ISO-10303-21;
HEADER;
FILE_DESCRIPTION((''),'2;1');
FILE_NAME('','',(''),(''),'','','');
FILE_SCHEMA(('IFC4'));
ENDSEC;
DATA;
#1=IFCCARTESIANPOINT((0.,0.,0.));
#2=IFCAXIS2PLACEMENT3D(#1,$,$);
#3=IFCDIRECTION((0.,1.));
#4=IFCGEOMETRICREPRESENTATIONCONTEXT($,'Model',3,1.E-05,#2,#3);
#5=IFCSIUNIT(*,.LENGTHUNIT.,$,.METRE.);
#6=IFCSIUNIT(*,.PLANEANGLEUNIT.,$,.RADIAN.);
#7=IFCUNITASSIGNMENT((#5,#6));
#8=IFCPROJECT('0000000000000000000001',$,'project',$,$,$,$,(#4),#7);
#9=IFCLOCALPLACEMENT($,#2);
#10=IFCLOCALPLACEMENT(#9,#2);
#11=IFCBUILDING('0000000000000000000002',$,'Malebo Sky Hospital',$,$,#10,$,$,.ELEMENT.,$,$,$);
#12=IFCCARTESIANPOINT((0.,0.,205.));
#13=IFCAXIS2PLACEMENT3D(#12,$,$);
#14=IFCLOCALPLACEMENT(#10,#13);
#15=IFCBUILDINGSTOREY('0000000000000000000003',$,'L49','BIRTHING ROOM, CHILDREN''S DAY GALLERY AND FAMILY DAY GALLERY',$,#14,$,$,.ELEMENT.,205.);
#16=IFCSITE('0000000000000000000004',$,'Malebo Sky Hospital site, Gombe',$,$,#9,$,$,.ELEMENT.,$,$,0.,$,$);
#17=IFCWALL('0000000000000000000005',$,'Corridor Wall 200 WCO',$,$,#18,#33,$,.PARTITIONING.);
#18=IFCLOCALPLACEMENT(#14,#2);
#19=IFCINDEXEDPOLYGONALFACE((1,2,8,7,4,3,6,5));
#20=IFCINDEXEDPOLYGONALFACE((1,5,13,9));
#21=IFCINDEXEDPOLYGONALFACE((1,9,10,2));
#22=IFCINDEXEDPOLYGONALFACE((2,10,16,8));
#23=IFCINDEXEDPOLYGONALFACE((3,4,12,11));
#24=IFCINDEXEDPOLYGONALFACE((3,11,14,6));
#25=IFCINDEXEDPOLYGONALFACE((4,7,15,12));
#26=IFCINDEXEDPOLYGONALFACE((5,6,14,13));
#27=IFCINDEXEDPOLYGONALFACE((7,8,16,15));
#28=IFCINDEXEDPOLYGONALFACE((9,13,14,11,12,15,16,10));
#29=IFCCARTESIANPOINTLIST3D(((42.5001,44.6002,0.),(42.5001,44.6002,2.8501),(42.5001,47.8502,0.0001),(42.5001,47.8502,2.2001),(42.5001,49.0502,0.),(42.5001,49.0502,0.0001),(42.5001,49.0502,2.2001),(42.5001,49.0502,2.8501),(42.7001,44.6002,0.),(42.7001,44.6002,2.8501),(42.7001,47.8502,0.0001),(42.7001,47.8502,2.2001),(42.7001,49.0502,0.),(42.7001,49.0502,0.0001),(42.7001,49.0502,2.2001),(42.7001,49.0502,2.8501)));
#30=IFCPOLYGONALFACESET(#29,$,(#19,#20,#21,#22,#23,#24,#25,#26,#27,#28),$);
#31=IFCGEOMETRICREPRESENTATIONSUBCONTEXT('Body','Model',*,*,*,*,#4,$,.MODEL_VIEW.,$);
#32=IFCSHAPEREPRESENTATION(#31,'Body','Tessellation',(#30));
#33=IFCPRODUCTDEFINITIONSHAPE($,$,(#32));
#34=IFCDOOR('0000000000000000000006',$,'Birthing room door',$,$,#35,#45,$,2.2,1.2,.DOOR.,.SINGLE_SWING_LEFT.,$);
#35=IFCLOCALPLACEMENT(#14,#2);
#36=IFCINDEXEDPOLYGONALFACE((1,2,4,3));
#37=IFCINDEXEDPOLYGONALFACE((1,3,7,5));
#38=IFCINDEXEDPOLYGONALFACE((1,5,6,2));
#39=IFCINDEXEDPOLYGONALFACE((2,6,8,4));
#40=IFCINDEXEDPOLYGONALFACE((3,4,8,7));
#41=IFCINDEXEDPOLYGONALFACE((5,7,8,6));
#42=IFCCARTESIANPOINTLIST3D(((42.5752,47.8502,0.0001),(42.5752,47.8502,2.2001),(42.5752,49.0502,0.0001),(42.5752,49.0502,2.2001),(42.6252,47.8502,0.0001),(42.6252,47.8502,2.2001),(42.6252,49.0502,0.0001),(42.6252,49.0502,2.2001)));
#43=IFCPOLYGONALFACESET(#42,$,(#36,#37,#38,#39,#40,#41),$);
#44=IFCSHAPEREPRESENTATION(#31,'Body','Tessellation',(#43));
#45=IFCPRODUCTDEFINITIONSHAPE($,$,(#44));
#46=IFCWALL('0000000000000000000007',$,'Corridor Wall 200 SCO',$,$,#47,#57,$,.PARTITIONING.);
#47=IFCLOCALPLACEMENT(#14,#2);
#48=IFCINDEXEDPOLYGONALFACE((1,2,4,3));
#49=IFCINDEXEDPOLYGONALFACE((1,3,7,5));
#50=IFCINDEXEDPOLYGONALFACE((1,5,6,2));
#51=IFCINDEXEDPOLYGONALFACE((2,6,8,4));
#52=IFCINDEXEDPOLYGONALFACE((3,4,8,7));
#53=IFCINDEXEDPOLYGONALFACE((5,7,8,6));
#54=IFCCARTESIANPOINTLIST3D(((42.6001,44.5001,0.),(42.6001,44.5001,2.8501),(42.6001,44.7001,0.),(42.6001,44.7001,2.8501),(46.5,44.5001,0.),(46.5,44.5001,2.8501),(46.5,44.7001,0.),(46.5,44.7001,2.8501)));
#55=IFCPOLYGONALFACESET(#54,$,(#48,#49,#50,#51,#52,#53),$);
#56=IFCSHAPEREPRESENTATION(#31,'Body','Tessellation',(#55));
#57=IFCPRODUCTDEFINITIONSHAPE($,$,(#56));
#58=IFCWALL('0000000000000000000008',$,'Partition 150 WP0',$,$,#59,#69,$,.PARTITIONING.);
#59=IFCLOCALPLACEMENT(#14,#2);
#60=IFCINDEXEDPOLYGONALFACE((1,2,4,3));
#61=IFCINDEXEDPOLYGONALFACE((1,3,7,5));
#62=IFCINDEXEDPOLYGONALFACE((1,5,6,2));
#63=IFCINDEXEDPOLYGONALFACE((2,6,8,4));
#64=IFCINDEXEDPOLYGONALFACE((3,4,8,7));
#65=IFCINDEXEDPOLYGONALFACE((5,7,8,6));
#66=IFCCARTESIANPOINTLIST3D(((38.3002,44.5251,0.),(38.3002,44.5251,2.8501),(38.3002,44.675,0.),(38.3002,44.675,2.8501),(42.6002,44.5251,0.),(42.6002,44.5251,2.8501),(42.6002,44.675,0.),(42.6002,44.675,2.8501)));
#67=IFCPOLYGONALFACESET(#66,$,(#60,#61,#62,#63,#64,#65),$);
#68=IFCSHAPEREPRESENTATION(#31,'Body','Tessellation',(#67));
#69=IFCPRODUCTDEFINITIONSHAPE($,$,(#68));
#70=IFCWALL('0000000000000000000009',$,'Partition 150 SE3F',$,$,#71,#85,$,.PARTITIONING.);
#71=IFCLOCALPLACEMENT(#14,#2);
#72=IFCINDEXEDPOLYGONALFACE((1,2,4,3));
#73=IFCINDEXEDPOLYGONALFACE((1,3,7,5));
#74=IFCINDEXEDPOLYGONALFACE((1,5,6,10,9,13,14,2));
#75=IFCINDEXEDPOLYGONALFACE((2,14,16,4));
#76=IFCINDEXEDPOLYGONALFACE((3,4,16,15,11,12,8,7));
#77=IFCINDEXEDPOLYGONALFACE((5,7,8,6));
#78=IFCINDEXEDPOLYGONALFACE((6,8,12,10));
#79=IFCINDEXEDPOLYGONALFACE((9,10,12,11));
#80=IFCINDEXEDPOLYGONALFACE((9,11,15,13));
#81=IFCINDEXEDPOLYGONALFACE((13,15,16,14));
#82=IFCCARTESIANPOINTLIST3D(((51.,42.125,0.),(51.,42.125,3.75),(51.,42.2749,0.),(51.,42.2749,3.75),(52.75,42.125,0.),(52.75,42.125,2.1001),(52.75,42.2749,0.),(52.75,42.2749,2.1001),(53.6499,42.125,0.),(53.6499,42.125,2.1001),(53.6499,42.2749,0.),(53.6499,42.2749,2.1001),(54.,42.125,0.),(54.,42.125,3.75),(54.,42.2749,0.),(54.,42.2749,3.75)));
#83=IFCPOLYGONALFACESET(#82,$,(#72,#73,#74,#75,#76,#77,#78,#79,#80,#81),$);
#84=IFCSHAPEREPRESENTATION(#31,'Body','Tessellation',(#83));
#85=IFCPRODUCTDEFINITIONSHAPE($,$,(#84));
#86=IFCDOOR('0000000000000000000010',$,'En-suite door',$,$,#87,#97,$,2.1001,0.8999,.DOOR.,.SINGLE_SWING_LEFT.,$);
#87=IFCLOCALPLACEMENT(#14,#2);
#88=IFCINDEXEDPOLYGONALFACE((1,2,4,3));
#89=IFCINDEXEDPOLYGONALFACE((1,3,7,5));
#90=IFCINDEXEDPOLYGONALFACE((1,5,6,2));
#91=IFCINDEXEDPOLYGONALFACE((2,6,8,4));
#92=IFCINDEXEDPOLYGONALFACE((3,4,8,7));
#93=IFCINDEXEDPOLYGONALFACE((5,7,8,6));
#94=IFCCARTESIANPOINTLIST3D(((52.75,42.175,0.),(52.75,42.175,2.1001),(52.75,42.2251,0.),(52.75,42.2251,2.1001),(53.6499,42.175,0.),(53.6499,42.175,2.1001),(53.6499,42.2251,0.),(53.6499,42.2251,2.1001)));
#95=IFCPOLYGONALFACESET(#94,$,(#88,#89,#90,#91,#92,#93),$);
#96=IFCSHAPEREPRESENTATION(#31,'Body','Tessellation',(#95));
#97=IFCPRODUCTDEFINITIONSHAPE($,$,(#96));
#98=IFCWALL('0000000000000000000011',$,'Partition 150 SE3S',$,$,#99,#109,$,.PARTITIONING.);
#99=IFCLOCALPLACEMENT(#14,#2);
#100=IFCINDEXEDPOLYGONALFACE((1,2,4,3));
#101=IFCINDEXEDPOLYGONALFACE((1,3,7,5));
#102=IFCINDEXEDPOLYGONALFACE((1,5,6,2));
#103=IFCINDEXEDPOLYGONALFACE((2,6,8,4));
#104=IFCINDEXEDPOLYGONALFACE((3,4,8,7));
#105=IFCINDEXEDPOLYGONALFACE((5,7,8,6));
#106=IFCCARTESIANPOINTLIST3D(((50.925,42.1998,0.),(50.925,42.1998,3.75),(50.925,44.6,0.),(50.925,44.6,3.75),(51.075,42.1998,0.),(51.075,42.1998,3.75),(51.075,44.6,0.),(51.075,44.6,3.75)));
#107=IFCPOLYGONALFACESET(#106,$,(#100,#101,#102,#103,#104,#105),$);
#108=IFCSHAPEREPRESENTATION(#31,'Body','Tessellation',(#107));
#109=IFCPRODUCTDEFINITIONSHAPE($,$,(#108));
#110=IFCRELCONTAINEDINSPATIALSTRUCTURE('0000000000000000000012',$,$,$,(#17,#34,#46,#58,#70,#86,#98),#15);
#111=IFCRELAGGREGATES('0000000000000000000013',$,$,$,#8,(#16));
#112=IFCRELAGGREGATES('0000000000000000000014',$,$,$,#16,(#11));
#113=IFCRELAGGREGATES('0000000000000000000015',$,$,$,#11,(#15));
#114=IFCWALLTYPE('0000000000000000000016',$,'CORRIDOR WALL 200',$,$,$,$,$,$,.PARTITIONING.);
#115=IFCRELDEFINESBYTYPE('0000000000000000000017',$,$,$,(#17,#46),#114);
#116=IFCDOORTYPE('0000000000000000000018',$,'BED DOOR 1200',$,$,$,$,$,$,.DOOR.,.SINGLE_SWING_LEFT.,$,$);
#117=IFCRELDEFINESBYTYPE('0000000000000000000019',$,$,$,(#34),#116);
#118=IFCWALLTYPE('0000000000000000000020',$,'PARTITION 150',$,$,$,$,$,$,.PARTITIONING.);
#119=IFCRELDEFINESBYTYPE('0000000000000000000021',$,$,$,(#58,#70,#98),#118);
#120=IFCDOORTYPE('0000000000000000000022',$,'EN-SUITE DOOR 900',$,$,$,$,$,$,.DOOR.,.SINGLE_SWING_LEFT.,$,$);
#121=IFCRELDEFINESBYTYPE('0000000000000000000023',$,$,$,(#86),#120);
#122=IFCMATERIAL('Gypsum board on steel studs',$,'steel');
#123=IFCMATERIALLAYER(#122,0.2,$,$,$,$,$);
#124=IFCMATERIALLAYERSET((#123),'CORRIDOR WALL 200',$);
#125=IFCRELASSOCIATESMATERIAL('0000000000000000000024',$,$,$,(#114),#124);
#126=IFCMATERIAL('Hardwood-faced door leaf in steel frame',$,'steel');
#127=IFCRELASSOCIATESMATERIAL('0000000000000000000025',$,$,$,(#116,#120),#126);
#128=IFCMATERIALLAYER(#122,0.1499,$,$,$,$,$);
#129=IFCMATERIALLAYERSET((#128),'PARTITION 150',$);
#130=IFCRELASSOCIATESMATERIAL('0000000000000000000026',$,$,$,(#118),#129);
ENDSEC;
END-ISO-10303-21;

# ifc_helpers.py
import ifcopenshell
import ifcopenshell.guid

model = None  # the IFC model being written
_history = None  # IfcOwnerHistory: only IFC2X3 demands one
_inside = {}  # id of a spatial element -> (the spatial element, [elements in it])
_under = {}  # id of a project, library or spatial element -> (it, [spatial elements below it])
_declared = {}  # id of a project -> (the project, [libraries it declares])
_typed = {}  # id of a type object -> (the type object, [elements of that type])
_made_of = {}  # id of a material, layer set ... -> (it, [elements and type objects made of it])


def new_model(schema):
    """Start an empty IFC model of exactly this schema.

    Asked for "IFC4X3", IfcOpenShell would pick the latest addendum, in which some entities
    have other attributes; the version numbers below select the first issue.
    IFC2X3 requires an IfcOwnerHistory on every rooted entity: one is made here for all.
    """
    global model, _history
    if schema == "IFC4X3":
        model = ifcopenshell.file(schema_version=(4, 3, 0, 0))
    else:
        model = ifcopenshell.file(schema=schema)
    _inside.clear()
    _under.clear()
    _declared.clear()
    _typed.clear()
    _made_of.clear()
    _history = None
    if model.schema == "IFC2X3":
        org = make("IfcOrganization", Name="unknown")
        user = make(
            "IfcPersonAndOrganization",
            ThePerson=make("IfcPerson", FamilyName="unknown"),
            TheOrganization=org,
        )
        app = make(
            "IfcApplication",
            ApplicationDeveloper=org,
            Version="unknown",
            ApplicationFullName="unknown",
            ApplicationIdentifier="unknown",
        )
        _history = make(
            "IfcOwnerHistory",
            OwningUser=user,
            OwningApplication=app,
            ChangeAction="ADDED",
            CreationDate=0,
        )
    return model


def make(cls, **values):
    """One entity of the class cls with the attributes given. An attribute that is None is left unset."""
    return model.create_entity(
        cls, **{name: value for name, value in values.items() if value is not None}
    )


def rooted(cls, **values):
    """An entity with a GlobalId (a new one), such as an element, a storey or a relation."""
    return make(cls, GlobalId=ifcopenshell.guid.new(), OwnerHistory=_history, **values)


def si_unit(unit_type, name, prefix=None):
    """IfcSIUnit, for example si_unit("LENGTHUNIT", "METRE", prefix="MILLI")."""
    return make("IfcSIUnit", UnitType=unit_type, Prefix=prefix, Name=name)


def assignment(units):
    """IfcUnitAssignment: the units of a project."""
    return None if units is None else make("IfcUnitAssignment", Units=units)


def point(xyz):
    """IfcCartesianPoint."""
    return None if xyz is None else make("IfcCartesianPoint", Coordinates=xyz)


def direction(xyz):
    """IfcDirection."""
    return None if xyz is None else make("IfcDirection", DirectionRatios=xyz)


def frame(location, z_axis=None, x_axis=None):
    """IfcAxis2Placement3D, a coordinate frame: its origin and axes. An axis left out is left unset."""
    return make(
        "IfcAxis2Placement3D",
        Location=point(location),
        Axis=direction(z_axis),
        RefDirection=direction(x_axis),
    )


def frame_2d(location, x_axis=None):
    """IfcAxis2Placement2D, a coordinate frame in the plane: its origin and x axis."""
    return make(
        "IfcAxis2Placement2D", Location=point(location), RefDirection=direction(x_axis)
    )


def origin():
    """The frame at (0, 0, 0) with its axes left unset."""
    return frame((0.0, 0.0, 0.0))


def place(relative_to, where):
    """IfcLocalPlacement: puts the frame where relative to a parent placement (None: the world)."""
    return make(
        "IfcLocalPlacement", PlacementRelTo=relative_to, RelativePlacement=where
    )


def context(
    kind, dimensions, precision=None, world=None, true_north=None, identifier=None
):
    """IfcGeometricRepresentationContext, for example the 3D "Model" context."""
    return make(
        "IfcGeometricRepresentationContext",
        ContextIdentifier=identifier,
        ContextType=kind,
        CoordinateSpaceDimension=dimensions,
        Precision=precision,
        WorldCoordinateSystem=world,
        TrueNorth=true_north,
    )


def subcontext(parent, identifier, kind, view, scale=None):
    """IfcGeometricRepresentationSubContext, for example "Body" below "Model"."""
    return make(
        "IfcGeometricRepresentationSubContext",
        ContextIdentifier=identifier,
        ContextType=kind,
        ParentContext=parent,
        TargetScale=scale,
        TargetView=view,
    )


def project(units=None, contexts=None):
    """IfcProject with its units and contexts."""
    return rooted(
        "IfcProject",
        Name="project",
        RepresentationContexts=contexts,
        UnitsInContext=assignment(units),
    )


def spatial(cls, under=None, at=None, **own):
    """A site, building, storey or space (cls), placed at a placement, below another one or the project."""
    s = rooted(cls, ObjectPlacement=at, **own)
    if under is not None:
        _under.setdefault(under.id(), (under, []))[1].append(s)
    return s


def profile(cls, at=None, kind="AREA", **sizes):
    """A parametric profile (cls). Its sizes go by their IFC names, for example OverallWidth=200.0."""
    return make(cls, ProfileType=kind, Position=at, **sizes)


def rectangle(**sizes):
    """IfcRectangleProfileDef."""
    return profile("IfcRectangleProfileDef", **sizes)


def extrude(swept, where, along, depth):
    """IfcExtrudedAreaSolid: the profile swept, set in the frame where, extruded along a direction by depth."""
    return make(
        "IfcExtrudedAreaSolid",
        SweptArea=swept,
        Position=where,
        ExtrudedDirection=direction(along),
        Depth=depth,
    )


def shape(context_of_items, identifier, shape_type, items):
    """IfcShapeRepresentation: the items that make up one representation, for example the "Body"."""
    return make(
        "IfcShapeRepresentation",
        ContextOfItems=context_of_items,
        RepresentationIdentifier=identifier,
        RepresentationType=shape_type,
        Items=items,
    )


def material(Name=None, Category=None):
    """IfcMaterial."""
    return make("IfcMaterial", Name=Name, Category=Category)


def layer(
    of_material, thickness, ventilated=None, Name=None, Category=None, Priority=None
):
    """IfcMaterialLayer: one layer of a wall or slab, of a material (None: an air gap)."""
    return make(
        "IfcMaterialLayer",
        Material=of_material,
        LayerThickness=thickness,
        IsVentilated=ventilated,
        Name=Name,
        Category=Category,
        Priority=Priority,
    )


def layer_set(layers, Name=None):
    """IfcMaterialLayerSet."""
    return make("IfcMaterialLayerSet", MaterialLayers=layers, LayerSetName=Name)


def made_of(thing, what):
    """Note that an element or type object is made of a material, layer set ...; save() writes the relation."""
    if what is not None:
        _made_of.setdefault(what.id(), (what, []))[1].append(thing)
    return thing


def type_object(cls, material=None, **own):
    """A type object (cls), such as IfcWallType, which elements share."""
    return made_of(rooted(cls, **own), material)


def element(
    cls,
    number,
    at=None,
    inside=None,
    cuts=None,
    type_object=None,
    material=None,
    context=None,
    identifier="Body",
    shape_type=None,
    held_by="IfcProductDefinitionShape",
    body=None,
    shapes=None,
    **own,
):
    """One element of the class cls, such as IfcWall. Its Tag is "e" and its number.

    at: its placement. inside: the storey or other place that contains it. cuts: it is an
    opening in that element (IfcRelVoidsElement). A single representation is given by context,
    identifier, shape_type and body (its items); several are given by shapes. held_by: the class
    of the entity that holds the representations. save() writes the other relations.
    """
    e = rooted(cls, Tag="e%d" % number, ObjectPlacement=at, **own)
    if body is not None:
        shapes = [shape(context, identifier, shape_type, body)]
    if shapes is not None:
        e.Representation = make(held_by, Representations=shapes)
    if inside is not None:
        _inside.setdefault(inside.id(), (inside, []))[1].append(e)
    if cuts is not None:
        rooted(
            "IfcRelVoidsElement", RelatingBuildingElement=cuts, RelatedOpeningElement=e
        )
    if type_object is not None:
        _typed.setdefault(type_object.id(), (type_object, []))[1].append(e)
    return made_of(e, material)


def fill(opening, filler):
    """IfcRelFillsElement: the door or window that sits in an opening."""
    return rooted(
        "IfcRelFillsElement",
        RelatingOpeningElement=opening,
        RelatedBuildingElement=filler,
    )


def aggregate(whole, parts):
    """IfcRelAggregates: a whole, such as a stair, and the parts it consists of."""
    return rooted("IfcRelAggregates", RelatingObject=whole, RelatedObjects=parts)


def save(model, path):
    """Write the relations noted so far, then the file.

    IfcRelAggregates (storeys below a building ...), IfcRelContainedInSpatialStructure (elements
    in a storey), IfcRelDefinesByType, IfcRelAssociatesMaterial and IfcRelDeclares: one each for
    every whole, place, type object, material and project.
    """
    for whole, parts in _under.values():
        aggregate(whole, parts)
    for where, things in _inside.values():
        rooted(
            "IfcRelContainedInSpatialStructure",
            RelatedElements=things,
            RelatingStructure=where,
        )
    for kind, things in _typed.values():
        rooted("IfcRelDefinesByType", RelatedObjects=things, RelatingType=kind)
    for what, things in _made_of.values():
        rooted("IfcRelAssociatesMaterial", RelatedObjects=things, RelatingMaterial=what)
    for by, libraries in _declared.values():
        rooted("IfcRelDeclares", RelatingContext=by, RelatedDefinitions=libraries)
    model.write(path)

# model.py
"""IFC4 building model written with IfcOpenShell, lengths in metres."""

from ifc_helpers import new_model, si_unit, direction, frame, frame_2d, origin, place, context, subcontext, project, spatial, rectangle, extrude, material, layer, layer_set, type_object, element, fill, save


model = new_model("IFC4")

# Units and contexts
model_context = context("Model", 3, precision=1e-05, world=origin(), true_north=direction((0.0, 1.0)))
body_context = subcontext(model_context, "Body", "Model", "MODEL_VIEW")
ifc_project = project(units=[si_unit("LENGTHUNIT", "METRE"), si_unit("PLANEANGLEUNIT", "RADIAN")], contexts=[model_context])

# Site, building, storey
site_placement = place(None, origin())
site = spatial("IfcSite", under=ifc_project, at=site_placement, Name="Malebo Sky Hospital site, Gombe", CompositionType="ELEMENT", RefElevation=0.0)
building_placement = place(site_placement, origin())
building = spatial("IfcBuilding", under=site, at=building_placement, Name="Malebo Sky Hospital", CompositionType="ELEMENT")
storey_placement = place(building_placement, frame((0.0, 0.0, 205.0)))
storey = spatial("IfcBuildingStorey", under=building, at=storey_placement, Name="L49", Description="BIRTHING ROOM, CHILDREN'S DAY GALLERY AND FAMILY DAY GALLERY", CompositionType="ELEMENT", Elevation=205.0)

# Wall, opening, door
ifc_material_1 = material(Name="Gypsum board on steel studs", Category="steel")
ifc_layer_1 = layer(ifc_material_1, 0.2)
ifc_layer_set_1 = layer_set([ifc_layer_1], Name="CORRIDOR WALL 200")
wall_type_1 = type_object("IfcWallType", Name="CORRIDOR WALL 200", PredefinedType="PARTITIONING", material=ifc_layer_set_1)
wall_1_placement = place(storey_placement, frame((42.6001, 44.6001, 0.0), z_axis=(0.0, 0.0, 1.0), x_axis=(0.0, 1.0, 0.0)))
wall_1 = element("IfcWall", 1, at=wall_1_placement, inside=storey, type_object=wall_type_1, Name="Corridor Wall 200 WCO", PredefinedType="PARTITIONING", context=body_context, shape_type="SweptSolid", body=[
    extrude(rectangle(XDim=4.45, YDim=0.2, at=frame_2d((2.2251, 0.0))), origin(), (0.0, 0.0, 1.0), 2.8501),
])
opening_1_placement = place(wall_1_placement, frame((3.25, 0.0, 0.0)))
opening_1 = element("IfcOpeningElement", 2, at=opening_1_placement, cuts=wall_1, PredefinedType="OPENING", context=body_context, shape_type="SweptSolid", body=[
    extrude(rectangle(XDim=1.2, YDim=2.2, at=frame_2d((0.6001, 1.1001))), frame((0.0, 0.1099, 0.0), z_axis=(0.0, -1.0, 0.0), x_axis=(1.0, 0.0, 0.0)), (0.0, 0.0, 1.0), 0.22),
])
ifc_material_2 = material(Name="Hardwood-faced door leaf in steel frame", Category="steel")
door_type_1 = type_object("IfcDoorType", Name="BED DOOR 1200", OperationType="SINGLE_SWING_LEFT", PredefinedType="DOOR", material=ifc_material_2)
door_1_placement = place(opening_1_placement, origin())
door_1 = element("IfcDoor", 3, at=door_1_placement, inside=storey, type_object=door_type_1, Name="Birthing room door", OperationType="SINGLE_SWING_LEFT", OverallHeight=2.2, OverallWidth=1.2, PredefinedType="DOOR", context=body_context, shape_type="SweptSolid", body=[
    extrude(rectangle(XDim=1.2, YDim=2.2, at=frame_2d((0.6001, 1.1001))), frame((0.0, 0.0249, 0.0), z_axis=(0.0, -1.0, 0.0), x_axis=(1.0, 0.0, 0.0)), (0.0, 0.0, 1.0), 0.05),
])
fill(opening_1, door_1)

# Walls
wall_2_placement = place(storey_placement, frame((46.5, 44.6001, 0.0), z_axis=(0.0, 0.0, 1.0), x_axis=(-1.0, 0.0, 0.0)))
element("IfcWall", 4, at=wall_2_placement, inside=storey, type_object=wall_type_1, Name="Corridor Wall 200 SCO", PredefinedType="PARTITIONING", context=body_context, shape_type="SweptSolid", body=[
    extrude(rectangle(XDim=3.8999, YDim=0.2, at=frame_2d((1.95, 0.0))), origin(), (0.0, 0.0, 1.0), 2.8501),
])
ifc_layer_2 = layer(ifc_material_1, 0.1499)
ifc_layer_set_2 = layer_set([ifc_layer_2], Name="PARTITION 150")
wall_type_2 = type_object("IfcWallType", Name="PARTITION 150", PredefinedType="PARTITIONING", material=ifc_layer_set_2)
wall_3_placement = place(storey_placement, frame((42.6001, 44.6001, 0.0), z_axis=(0.0, 0.0, 1.0), x_axis=(-1.0, 0.0, 0.0)))
element("IfcWall", 5, at=wall_3_placement, inside=storey, type_object=wall_type_2, Name="Partition 150 WP0", PredefinedType="PARTITIONING", context=body_context, shape_type="SweptSolid", body=[
    extrude(rectangle(XDim=4.3, YDim=0.1499, at=frame_2d((2.1499, 0.0))), origin(), (0.0, 0.0, 1.0), 2.8501),
])

# Wall, opening, door
wall_4_placement = place(storey_placement, frame((54.0, 42.2, 0.0), z_axis=(0.0, 0.0, 1.0), x_axis=(-1.0, 0.0, 0.0)))
wall_4 = element("IfcWall", 6, at=wall_4_placement, inside=storey, type_object=wall_type_2, Name="Partition 150 SE3F", PredefinedType="PARTITIONING", context=body_context, shape_type="SweptSolid", body=[
    extrude(rectangle(XDim=3.0, YDim=0.1499, at=frame_2d((1.5, 0.0))), origin(), (0.0, 0.0, 1.0), 3.75),
])
opening_2_placement = place(wall_4_placement, frame((0.3501, 0.0, 0.0)))
opening_2 = element("IfcOpeningElement", 7, at=opening_2_placement, cuts=wall_4, PredefinedType="OPENING", context=body_context, shape_type="SweptSolid", body=[
    extrude(rectangle(XDim=0.8999, YDim=2.1001, at=frame_2d((0.45, 1.05))), frame((0.0, 0.085, 0.0), z_axis=(0.0, -1.0, 0.0), x_axis=(1.0, 0.0, 0.0)), (0.0, 0.0, 1.0), 0.1699),
])
door_type_2 = type_object("IfcDoorType", Name="EN-SUITE DOOR 900", OperationType="SINGLE_SWING_LEFT", PredefinedType="DOOR", material=ifc_material_2)
door_2_placement = place(opening_2_placement, origin())
door_2 = element("IfcDoor", 8, at=door_2_placement, inside=storey, type_object=door_type_2, Name="En-suite door", OperationType="SINGLE_SWING_LEFT", OverallHeight=2.1001, OverallWidth=0.8999, PredefinedType="DOOR", context=body_context, shape_type="SweptSolid", body=[
    extrude(rectangle(XDim=0.8999, YDim=2.1001, at=frame_2d((0.45, 1.05))), frame((0.0, 0.0249, 0.0), z_axis=(0.0, -1.0, 0.0), x_axis=(1.0, 0.0, 0.0)), (0.0, 0.0, 1.0), 0.05),
])
fill(opening_2, door_2)

# Wall
wall_5_placement = place(storey_placement, frame((51.0, 44.6001, 0.0), z_axis=(0.0, 0.0, 1.0), x_axis=(0.0, -1.0, 0.0)))
element("IfcWall", 9, at=wall_5_placement, inside=storey, type_object=wall_type_2, Name="Partition 150 SE3S", PredefinedType="PARTITIONING", context=body_context, shape_type="SweptSolid", body=[
    extrude(rectangle(XDim=2.4001, YDim=0.1499, at=frame_2d((1.2002, 0.0))), origin(), (0.0, 0.0, 1.0), 3.75),
])

save(model, "model.ifc")
